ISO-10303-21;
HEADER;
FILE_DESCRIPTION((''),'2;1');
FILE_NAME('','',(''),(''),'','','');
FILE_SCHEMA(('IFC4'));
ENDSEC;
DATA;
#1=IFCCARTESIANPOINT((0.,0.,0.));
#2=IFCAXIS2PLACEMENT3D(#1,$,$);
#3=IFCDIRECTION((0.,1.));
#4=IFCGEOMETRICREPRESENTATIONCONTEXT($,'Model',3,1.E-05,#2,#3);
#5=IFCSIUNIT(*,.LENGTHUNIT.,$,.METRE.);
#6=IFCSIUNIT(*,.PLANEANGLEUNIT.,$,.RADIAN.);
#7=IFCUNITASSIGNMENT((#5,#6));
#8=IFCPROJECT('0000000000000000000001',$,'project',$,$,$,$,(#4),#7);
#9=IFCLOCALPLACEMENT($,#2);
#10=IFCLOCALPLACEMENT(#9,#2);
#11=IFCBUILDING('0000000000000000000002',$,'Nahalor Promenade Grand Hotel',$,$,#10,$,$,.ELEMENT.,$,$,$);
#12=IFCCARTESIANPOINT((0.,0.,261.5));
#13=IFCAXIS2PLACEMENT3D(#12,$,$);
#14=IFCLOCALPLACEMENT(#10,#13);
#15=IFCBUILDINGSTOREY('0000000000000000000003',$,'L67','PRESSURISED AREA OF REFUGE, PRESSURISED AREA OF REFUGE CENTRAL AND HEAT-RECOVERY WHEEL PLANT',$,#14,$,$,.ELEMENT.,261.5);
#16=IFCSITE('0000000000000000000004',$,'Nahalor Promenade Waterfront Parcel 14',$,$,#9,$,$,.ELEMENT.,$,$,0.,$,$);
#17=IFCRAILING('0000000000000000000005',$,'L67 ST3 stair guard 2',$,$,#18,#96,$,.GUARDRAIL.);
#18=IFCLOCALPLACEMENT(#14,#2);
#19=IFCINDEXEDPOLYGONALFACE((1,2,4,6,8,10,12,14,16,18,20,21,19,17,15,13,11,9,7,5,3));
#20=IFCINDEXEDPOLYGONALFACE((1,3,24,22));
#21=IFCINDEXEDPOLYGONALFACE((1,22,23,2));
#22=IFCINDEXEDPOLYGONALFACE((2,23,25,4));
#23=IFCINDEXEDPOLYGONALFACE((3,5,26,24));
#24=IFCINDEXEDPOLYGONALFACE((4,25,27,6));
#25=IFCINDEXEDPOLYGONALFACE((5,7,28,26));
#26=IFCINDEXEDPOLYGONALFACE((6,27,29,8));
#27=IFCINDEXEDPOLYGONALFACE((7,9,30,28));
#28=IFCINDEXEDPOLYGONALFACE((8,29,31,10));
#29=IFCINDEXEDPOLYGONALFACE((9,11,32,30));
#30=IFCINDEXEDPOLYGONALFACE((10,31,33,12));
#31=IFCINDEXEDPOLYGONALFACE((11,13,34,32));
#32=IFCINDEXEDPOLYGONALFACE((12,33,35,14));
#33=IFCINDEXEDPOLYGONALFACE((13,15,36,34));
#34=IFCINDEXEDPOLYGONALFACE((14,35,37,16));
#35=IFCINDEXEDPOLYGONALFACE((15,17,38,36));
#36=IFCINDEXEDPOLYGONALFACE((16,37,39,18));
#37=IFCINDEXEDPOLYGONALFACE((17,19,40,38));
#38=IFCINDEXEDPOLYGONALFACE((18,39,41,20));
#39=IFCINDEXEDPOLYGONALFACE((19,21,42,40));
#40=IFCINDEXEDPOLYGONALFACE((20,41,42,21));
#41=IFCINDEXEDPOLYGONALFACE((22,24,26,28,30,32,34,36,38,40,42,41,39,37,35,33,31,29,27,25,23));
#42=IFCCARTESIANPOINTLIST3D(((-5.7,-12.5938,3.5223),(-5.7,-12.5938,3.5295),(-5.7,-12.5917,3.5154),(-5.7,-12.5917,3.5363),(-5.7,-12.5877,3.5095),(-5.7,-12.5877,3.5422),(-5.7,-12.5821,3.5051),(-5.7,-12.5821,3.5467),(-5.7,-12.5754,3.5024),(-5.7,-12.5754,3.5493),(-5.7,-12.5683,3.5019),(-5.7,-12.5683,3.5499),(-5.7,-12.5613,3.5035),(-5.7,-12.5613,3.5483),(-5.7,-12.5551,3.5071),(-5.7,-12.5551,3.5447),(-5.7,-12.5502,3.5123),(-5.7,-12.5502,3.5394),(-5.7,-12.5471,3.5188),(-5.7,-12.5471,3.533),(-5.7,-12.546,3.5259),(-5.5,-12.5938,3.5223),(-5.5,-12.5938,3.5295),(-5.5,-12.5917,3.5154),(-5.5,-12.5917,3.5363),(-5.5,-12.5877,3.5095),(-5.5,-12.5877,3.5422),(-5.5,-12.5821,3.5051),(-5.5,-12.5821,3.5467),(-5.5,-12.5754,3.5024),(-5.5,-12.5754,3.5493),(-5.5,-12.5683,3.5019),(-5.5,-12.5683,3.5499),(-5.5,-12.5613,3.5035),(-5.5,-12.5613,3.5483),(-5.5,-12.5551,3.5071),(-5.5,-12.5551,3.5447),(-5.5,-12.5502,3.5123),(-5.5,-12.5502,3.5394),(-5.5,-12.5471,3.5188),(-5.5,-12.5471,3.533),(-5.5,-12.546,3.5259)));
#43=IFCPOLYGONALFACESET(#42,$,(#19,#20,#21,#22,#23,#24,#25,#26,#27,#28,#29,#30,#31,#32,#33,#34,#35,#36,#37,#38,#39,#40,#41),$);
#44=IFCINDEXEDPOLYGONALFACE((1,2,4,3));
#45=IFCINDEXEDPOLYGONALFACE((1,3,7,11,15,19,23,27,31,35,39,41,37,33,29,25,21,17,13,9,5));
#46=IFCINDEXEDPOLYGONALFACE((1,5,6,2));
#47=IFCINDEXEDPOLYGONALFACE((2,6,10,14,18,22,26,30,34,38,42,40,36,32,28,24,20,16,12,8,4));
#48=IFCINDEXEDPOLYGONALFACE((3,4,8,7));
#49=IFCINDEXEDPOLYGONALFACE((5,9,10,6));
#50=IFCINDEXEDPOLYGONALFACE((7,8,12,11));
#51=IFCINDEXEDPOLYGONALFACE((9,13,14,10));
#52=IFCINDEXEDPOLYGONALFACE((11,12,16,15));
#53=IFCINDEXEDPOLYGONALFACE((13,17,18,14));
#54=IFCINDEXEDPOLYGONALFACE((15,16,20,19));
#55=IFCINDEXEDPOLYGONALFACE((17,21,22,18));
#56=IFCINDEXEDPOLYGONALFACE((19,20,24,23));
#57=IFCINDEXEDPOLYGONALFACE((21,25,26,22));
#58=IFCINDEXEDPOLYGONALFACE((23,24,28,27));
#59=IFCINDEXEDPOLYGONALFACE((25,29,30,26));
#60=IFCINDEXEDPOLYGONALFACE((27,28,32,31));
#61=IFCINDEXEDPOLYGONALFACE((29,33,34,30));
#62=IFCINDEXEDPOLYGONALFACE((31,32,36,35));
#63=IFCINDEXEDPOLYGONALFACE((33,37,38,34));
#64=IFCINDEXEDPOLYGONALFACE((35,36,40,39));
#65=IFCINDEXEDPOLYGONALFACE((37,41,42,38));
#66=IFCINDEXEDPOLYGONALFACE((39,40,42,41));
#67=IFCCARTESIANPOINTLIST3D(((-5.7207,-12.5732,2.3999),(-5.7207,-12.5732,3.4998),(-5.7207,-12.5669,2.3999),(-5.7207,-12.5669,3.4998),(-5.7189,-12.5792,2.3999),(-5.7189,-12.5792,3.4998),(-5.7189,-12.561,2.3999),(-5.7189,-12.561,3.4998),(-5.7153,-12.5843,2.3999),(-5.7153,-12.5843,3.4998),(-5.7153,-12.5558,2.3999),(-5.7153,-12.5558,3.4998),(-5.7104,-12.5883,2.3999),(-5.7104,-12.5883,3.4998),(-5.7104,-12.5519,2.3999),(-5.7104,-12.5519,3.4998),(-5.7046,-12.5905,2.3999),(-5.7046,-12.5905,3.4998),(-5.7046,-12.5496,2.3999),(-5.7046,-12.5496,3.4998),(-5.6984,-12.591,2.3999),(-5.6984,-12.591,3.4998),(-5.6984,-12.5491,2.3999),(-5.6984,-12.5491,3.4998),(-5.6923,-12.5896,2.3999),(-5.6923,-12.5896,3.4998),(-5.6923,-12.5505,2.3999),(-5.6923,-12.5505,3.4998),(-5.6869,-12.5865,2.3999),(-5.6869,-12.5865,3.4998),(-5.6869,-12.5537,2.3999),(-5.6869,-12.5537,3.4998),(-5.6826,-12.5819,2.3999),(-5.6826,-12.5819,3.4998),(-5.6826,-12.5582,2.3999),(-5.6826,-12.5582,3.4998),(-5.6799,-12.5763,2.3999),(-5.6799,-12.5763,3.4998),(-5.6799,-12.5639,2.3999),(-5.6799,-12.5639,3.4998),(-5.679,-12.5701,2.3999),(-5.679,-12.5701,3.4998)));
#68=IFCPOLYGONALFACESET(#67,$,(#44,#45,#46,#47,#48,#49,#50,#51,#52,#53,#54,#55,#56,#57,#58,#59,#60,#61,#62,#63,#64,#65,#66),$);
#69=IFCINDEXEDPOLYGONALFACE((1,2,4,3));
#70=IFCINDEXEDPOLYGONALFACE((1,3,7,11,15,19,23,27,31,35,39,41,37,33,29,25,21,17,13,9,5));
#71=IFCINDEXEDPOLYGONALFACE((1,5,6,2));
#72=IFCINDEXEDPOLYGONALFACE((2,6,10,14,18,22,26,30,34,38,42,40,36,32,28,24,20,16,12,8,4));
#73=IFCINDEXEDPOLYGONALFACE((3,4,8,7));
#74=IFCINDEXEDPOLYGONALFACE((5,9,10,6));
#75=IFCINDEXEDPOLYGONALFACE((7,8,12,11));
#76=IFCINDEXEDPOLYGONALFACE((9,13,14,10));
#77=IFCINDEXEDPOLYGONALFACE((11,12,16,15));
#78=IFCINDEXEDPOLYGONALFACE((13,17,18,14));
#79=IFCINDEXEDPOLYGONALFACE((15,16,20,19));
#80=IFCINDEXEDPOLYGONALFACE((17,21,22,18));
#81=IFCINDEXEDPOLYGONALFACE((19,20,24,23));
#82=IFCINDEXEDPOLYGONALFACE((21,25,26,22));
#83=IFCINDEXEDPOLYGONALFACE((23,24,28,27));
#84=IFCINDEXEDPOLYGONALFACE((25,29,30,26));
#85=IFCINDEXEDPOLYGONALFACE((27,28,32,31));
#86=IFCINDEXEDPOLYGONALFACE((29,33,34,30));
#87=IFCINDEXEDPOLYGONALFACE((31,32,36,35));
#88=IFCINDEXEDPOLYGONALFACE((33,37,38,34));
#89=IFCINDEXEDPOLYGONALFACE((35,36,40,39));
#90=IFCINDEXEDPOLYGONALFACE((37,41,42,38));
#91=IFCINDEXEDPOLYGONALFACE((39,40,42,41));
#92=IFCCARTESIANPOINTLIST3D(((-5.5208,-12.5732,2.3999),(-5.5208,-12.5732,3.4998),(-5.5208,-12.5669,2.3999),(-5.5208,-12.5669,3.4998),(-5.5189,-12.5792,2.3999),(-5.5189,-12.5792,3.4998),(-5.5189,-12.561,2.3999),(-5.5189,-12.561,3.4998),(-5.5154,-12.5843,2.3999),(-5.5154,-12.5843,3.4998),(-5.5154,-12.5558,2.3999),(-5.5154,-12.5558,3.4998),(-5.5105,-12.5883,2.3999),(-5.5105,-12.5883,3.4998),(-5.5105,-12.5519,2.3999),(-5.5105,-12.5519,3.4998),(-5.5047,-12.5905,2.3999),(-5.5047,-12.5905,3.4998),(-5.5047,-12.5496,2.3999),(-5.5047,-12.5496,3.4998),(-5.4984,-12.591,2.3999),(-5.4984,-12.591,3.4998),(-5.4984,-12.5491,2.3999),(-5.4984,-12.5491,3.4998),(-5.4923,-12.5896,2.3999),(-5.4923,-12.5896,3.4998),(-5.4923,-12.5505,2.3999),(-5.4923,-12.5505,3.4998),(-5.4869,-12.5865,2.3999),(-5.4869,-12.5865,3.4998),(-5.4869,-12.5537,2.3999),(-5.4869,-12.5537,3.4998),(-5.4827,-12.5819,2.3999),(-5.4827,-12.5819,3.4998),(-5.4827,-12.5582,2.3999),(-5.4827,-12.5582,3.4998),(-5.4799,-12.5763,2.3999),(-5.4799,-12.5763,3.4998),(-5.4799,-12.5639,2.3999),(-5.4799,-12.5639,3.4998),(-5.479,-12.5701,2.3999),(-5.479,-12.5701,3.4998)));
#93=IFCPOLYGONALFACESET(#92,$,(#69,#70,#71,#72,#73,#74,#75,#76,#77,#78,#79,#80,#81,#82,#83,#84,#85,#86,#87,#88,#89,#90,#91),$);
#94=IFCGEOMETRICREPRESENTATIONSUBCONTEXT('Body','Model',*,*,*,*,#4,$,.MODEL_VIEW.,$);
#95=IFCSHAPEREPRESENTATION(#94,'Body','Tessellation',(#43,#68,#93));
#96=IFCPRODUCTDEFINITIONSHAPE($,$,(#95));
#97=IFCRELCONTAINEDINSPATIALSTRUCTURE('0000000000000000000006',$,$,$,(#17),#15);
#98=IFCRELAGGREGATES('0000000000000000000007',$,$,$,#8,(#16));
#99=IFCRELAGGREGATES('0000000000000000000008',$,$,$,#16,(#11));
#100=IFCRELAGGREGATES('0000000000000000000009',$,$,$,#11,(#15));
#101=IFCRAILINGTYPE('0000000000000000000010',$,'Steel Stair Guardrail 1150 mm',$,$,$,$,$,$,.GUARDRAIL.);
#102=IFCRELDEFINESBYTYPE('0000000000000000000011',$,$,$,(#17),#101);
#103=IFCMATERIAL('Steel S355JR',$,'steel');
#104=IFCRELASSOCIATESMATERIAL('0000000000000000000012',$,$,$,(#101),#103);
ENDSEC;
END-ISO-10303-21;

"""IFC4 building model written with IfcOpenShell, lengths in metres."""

from ifc_helpers import new_model, si_unit, direction, frame, origin, origin_2d, place, context, subcontext, project, spatial, circle, extrude, material, type_object, element, save


model = new_model("IFC4")

# Units and contexts
model_context = context("Model", 3, precision=1e-05, world=origin(), true_north=direction((0.0, 1.0)))
body_context = subcontext(model_context, "Body", "Model", "MODEL_VIEW")
ifc_project = project(units=[si_unit("LENGTHUNIT", "METRE"), si_unit("PLANEANGLEUNIT", "RADIAN")], contexts=[model_context])

# Site, building, storey
site_placement = place(None, origin())
site = spatial("IfcSite", under=ifc_project, at=site_placement, Name="Nahalor Promenade Waterfront Parcel 14", CompositionType="ELEMENT", RefElevation=0.0)
building_placement = place(site_placement, origin())
building = spatial("IfcBuilding", under=site, at=building_placement, Name="Nahalor Promenade Grand Hotel", CompositionType="ELEMENT")
storey_placement = place(building_placement, frame((0.0, 0.0, 261.5)))
storey = spatial("IfcBuildingStorey", under=building, at=storey_placement, Name="L67", Description="PRESSURISED AREA OF REFUGE, PRESSURISED AREA OF REFUGE CENTRAL AND HEAT-RECOVERY WHEEL PLANT", CompositionType="ELEMENT", Elevation=261.5)

# Shared definitions
ifc_material_1 = material(Name="Steel S355JR", Category="steel")

# Railing
railing_type_1 = type_object("IfcRailingType", Name="Steel Stair Guardrail 1150 mm", PredefinedType="GUARDRAIL", material=ifc_material_1)
railing_1_placement = place(storey_placement, frame((-5.7, -12.5701, 2.3999)))
element("IfcRailing", 1, at=railing_1_placement, inside=storey, type_object=railing_type_1, Name="L67 ST3 stair guard 2", PredefinedType="GUARDRAIL", context=body_context, shape_type="SweptSolid", body=[
    extrude(circle(Radius=0.024, at=origin_2d()), frame((0.0, 0.0, 1.126), z_axis=(1.0, 0.0, 0.0), x_axis=(0.0, 1.0, 0.0)), (0.0, 0.0, 1.0), 0.2),
    extrude(circle(Radius=0.021, at=origin_2d()), origin(), (0.0, 0.0, 1.0), 1.0999),
    extrude(circle(Radius=0.021, at=origin_2d()), frame((0.2, 0.0, 0.0)), (0.0, 0.0, 1.0), 1.0999),
])

save(model, "model.ifc")
